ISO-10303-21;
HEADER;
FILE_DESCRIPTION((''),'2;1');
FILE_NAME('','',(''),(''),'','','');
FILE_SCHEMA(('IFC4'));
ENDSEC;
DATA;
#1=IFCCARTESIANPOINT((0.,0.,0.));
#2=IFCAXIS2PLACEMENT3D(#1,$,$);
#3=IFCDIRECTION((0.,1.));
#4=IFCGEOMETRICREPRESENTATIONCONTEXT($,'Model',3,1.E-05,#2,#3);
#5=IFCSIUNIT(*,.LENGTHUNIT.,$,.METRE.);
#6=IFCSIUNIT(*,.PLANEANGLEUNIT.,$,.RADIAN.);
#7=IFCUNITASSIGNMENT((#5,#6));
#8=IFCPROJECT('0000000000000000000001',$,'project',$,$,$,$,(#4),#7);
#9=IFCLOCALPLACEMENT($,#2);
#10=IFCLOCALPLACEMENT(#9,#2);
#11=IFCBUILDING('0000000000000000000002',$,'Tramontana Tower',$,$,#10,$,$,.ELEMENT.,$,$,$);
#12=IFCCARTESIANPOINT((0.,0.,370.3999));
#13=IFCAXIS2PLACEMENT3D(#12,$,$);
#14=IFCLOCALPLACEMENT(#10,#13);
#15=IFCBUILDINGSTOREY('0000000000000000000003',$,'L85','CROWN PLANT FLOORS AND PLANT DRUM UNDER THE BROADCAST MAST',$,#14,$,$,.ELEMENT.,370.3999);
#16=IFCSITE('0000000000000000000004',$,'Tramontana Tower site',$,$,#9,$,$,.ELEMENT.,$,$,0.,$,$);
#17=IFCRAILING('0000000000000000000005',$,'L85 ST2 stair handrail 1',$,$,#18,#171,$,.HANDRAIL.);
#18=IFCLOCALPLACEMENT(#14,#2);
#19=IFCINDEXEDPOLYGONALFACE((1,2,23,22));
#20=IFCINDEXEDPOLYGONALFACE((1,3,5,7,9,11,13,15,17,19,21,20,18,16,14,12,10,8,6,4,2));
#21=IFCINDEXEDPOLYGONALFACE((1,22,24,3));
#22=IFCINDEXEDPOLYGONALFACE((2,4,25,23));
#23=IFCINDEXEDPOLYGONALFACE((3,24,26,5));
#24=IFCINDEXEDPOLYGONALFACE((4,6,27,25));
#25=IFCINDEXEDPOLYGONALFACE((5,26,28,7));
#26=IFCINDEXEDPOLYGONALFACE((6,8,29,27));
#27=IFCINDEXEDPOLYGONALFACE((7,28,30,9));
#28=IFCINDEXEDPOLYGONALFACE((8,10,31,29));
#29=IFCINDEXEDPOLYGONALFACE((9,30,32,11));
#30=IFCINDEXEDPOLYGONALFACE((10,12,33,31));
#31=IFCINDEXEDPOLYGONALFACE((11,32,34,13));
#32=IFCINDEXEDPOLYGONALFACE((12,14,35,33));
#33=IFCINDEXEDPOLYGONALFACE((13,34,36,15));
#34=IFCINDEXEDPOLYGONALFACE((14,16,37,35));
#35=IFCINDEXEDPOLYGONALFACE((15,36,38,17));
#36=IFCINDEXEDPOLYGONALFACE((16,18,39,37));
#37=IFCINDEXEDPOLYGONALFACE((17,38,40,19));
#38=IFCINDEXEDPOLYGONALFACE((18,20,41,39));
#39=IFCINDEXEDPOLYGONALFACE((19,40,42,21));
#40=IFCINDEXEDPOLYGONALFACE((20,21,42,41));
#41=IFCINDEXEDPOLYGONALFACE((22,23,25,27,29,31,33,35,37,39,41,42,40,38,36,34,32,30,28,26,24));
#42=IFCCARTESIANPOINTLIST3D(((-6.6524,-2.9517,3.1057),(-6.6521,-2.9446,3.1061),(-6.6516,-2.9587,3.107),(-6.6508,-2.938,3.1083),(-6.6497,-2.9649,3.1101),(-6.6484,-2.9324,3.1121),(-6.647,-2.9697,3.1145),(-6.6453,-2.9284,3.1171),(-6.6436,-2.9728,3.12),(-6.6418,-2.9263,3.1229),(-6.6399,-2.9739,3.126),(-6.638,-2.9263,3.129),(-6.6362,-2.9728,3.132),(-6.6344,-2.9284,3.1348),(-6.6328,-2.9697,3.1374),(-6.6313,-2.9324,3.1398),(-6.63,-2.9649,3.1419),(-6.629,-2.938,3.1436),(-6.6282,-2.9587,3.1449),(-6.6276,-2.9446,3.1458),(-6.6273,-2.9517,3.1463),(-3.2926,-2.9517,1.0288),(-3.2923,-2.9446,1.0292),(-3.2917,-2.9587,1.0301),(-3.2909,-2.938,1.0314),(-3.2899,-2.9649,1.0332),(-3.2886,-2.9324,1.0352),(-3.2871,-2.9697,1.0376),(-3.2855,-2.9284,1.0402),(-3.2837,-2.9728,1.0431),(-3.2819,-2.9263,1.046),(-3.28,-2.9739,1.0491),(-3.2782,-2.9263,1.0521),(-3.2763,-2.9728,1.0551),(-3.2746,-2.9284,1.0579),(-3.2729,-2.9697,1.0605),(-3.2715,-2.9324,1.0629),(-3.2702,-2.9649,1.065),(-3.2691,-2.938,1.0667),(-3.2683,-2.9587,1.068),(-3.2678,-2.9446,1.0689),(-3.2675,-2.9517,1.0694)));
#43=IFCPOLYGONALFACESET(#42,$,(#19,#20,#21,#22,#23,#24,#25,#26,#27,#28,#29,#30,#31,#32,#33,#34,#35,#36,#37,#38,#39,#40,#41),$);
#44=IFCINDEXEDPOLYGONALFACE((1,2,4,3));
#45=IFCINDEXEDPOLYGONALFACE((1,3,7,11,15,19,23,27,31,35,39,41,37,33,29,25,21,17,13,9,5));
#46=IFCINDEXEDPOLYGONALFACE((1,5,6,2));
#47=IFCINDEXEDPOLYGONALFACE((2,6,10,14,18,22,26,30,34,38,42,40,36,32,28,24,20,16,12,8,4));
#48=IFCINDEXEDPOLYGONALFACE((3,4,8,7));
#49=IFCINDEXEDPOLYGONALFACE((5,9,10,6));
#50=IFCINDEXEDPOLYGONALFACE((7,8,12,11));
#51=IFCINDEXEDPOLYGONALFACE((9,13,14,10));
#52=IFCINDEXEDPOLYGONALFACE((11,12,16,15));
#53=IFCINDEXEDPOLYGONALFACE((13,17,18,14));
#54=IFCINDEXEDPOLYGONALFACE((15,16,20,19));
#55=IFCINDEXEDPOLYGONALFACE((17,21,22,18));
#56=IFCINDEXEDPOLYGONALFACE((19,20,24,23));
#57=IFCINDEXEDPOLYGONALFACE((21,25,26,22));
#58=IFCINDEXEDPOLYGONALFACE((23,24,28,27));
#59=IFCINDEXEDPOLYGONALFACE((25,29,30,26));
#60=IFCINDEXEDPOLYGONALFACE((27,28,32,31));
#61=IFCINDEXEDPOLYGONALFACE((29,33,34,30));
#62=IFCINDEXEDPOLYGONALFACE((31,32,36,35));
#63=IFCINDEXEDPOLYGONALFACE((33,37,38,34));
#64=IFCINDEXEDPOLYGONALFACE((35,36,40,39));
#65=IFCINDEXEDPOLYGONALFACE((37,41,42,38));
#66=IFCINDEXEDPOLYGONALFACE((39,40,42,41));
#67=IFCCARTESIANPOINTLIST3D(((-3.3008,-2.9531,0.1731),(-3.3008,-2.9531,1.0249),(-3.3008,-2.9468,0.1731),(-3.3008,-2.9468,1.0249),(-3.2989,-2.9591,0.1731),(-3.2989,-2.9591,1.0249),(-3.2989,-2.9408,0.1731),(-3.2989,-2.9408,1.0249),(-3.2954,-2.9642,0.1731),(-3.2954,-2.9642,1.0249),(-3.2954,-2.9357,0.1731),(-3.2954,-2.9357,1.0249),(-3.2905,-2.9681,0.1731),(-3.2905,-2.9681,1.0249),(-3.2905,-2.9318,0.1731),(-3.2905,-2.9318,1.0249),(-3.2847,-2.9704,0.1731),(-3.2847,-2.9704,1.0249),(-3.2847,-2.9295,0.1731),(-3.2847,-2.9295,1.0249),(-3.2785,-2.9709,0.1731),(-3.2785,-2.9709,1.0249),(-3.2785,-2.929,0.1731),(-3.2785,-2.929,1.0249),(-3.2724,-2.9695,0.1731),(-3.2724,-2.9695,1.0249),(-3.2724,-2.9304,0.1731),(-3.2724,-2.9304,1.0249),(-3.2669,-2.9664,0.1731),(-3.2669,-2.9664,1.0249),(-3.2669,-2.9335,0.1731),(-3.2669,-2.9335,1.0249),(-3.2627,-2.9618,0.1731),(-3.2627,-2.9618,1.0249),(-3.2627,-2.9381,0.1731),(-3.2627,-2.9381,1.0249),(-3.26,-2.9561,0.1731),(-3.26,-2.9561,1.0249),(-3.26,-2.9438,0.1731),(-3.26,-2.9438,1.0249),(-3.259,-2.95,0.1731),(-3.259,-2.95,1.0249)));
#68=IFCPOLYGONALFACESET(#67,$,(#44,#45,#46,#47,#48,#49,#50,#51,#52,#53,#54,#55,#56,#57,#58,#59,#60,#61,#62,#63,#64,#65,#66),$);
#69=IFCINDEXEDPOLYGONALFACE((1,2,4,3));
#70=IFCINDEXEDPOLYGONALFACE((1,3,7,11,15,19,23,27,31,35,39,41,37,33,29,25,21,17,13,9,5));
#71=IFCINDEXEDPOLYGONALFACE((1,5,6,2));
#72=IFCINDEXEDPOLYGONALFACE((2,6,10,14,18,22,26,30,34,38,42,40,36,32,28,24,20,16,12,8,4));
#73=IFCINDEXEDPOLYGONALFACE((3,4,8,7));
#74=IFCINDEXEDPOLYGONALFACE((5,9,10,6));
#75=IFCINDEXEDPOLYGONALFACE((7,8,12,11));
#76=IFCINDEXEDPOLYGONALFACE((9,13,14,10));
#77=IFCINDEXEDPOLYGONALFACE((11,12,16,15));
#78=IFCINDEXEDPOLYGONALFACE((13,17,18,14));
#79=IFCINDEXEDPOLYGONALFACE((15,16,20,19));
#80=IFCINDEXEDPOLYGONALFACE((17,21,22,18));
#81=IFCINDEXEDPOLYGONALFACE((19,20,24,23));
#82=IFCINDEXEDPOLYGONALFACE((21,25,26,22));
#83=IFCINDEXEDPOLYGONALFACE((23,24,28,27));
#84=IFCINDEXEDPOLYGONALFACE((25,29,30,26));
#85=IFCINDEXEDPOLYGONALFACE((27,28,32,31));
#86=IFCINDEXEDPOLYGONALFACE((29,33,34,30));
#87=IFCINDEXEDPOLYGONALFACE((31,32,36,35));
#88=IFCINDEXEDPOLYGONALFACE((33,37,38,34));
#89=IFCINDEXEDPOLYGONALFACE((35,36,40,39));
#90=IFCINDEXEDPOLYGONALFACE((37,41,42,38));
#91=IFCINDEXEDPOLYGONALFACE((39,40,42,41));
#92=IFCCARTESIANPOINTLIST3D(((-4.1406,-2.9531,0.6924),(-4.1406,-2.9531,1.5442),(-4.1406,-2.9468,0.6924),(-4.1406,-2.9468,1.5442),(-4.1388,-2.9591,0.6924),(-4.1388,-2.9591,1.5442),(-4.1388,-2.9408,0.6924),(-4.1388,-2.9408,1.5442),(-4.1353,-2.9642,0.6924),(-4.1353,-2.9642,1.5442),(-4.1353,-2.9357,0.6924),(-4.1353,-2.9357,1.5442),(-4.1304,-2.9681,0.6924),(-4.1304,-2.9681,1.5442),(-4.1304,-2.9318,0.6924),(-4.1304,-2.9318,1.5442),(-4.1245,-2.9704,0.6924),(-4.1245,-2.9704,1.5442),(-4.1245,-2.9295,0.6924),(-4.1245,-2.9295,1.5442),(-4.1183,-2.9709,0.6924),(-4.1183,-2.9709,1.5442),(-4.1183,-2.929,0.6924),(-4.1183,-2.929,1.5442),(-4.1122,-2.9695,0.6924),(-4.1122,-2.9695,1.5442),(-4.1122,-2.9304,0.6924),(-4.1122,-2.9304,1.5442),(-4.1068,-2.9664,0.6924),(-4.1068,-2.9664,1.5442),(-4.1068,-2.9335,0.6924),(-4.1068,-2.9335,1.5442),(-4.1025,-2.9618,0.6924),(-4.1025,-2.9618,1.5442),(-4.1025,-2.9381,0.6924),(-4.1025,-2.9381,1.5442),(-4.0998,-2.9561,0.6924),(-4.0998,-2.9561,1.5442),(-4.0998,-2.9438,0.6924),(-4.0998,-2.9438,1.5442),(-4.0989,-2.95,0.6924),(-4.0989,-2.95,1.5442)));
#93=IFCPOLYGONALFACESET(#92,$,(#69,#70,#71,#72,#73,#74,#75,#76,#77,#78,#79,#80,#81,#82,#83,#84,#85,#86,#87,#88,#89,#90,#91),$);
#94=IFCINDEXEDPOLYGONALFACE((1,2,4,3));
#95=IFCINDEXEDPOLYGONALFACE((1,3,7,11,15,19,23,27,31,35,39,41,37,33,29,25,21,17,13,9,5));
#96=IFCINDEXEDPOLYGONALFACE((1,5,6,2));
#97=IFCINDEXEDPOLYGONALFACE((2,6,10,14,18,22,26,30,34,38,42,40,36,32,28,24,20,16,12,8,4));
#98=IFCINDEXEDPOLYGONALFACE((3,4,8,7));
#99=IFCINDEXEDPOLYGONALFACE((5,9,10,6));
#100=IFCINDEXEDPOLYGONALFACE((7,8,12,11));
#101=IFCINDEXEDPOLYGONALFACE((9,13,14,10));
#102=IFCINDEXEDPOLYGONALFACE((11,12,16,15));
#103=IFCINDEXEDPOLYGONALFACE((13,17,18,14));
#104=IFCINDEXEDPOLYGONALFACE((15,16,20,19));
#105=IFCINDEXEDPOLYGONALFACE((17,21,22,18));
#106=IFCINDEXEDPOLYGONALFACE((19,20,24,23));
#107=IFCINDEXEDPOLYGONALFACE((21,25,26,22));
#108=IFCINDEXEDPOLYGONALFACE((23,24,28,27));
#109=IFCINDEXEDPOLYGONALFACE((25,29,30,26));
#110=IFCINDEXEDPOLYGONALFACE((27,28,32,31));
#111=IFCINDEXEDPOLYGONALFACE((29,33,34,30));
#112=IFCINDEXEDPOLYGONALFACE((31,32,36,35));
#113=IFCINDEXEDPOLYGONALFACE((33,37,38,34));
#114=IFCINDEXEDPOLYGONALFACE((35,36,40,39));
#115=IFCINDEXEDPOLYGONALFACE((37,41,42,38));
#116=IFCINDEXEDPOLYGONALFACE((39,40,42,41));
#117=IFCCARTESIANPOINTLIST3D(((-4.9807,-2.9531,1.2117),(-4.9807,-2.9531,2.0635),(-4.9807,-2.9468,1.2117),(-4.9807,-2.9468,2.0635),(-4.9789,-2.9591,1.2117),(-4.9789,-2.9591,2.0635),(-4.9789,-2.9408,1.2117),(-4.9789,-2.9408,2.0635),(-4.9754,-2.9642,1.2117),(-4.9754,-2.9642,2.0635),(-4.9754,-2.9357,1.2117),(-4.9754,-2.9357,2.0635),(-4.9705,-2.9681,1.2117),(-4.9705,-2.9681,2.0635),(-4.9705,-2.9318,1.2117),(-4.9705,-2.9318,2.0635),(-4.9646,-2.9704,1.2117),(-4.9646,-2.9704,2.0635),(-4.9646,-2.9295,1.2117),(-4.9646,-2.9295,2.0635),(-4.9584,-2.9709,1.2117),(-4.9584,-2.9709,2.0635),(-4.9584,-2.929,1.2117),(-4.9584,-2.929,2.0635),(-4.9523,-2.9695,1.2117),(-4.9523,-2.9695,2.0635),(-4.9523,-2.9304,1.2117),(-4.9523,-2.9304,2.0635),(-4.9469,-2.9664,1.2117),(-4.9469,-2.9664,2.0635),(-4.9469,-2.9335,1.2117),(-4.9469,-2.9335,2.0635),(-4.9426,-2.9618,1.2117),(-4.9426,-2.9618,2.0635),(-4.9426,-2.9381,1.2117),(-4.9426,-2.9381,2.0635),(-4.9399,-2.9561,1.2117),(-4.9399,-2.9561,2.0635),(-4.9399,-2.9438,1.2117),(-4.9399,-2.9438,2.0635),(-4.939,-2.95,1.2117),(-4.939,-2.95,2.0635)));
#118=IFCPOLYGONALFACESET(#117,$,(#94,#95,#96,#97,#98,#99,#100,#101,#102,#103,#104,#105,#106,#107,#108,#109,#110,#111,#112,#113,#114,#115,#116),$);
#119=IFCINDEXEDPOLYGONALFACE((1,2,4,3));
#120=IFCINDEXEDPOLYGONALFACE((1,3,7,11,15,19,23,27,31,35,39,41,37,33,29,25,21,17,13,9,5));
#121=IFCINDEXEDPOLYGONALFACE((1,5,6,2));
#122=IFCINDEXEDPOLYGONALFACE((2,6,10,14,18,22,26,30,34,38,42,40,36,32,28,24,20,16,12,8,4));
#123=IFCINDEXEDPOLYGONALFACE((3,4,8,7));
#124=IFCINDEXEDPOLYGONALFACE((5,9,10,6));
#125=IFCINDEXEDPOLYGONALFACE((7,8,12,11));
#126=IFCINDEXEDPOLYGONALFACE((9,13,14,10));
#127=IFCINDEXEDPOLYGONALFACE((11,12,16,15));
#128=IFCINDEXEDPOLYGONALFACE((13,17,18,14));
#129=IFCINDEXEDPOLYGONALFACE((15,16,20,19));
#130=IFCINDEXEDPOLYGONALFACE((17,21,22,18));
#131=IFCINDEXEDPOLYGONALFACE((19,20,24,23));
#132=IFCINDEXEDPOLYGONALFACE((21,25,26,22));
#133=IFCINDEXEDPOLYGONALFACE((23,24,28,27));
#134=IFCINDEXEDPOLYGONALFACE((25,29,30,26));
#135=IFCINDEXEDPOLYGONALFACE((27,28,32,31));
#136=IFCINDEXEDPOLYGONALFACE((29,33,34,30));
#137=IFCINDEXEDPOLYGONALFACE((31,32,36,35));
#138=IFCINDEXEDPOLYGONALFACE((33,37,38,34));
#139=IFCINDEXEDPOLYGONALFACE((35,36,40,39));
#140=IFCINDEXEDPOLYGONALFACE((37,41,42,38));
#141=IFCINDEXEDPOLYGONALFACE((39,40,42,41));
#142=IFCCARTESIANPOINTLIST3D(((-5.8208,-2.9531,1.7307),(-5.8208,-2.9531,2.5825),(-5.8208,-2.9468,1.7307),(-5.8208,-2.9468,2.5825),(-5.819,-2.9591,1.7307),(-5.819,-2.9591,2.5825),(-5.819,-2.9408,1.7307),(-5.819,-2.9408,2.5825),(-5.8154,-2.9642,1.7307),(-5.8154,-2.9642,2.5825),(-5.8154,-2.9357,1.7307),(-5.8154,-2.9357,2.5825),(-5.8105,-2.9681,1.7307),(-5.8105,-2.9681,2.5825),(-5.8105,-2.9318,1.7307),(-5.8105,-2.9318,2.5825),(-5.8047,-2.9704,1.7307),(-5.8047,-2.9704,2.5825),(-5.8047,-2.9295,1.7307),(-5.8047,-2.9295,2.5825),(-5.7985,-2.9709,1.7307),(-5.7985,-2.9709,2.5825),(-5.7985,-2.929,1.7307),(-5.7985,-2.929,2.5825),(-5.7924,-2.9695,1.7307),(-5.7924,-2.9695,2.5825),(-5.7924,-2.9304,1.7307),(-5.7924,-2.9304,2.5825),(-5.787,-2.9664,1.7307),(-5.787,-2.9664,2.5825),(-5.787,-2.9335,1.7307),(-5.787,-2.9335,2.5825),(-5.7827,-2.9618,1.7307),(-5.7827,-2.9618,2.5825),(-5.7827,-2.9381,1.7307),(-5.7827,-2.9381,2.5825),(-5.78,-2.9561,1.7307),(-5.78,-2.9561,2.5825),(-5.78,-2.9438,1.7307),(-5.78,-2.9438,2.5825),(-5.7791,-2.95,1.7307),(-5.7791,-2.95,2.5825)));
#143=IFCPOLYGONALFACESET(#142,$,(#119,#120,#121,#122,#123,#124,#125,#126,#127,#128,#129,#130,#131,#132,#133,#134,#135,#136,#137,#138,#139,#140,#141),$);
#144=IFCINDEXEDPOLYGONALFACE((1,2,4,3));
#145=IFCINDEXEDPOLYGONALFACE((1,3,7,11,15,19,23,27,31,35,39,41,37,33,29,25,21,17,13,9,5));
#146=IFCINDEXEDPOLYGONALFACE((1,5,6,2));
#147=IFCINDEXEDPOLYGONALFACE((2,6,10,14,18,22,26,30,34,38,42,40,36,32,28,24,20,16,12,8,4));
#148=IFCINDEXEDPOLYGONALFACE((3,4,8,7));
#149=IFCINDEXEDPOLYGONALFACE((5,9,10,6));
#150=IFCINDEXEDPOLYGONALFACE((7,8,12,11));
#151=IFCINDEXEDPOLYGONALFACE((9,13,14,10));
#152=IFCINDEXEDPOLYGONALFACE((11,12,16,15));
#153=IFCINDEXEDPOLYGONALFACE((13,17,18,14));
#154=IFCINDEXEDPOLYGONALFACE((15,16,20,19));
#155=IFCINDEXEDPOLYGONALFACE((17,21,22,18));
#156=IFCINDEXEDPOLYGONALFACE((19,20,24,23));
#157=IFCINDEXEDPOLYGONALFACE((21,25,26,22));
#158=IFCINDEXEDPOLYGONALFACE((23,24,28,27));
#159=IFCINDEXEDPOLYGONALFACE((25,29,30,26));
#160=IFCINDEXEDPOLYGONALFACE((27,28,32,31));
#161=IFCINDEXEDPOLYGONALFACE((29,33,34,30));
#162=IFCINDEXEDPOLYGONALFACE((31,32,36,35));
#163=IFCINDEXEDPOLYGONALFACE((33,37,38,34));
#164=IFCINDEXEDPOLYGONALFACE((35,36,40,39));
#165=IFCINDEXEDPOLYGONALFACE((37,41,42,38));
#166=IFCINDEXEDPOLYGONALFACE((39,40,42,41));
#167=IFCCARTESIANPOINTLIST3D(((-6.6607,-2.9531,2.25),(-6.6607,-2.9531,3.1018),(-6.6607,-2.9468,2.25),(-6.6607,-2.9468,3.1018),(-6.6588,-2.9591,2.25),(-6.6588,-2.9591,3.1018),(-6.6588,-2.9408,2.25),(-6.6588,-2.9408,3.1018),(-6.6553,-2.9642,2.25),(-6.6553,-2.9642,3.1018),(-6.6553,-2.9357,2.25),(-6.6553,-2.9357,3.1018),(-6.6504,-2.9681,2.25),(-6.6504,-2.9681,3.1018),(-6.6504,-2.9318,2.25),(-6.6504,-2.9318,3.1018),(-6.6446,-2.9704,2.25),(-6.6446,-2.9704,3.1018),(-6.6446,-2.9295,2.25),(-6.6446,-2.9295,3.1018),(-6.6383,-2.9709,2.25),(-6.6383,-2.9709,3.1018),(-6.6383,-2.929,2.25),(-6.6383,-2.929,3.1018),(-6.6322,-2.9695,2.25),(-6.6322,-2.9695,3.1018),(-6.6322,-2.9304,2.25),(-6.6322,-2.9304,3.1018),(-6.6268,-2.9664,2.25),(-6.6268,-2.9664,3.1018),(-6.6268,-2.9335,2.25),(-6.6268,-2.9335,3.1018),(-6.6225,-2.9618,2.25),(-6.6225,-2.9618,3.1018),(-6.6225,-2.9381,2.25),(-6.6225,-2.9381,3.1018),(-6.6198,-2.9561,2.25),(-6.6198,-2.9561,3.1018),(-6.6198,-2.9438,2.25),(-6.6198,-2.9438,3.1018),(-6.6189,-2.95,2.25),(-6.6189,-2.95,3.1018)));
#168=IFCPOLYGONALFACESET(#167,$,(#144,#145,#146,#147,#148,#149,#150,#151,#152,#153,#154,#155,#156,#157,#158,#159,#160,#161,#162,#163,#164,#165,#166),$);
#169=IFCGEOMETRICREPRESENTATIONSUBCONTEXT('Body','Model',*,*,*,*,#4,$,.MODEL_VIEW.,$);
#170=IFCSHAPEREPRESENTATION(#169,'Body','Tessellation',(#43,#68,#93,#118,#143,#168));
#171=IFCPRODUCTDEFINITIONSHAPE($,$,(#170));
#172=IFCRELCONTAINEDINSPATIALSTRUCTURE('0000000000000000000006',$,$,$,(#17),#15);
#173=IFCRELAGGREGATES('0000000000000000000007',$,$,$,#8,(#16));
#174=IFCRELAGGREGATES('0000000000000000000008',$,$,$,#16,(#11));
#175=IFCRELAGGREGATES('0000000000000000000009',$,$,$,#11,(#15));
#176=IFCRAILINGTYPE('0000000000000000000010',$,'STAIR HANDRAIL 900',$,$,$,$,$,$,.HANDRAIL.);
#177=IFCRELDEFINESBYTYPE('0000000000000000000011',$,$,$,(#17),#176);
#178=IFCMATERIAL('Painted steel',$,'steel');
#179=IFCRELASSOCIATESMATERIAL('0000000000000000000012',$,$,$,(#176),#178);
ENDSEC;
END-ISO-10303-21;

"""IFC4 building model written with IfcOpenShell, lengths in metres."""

from ifc_helpers import new_model, si_unit, direction, frame, origin, origin_2d, place, context, subcontext, project, spatial, circle, extrude, material, type_object, element, save


model = new_model("IFC4")

# Units and contexts
model_context = context("Model", 3, precision=1e-05, world=origin(), true_north=direction((0.0, 1.0)))
body_context = subcontext(model_context, "Body", "Model", "MODEL_VIEW")
ifc_project = project(units=[si_unit("LENGTHUNIT", "METRE"), si_unit("PLANEANGLEUNIT", "RADIAN")], contexts=[model_context])

# Site, building, storey
site_placement = place(None, origin())
site = spatial("IfcSite", under=ifc_project, at=site_placement, Name="Tramontana Tower site", CompositionType="ELEMENT", RefElevation=0.0)
building_placement = place(site_placement, origin())
building = spatial("IfcBuilding", under=site, at=building_placement, Name="Tramontana Tower", CompositionType="ELEMENT")
storey_placement = place(building_placement, frame((0.0, 0.0, 370.3999)))
storey = spatial("IfcBuildingStorey", under=building, at=storey_placement, Name="L85", Description="CROWN PLANT FLOORS AND PLANT DRUM UNDER THE BROADCAST MAST", CompositionType="ELEMENT", Elevation=370.3999)

# Railing
ifc_material_1 = material(Name="Painted steel", Category="steel")
railing_type_1 = type_object("IfcRailingType", Name="STAIR HANDRAIL 900", PredefinedType="HANDRAIL", material=ifc_material_1)
railing_1_placement = place(storey_placement, frame((-3.28, -2.95, 0.1731)))
element("IfcRailing", 1, at=railing_1_placement, inside=storey, type_object=railing_type_1, Name="L85 ST2 stair handrail 1", PredefinedType="HANDRAIL", context=body_context, shape_type="SweptSolid", body=[
    extrude(circle(Radius=0.0239, at=origin_2d()), frame((0.0, 0.0, 0.876), z_axis=(-0.850606, 0.0, 0.525803), x_axis=(0.0, -1.0, 0.0)), (0.0, 0.0, 1.0), 3.95),
    extrude(circle(Radius=0.021, at=origin_2d()), origin(), (0.0, 0.0, 1.0), 0.8518),
    extrude(circle(Radius=0.021, at=origin_2d()), frame((-0.8398, 0.0, 0.5193)), (0.0, 0.0, 1.0), 0.8518),
    extrude(circle(Radius=0.021, at=origin_2d()), frame((-1.6799, 0.0, 1.0386)), (0.0, 0.0, 1.0), 0.8518),
    extrude(circle(Radius=0.021, at=origin_2d()), frame((-2.52, 0.0, 1.5576)), (0.0, 0.0, 1.0), 0.8518),
    extrude(circle(Radius=0.021, at=origin_2d()), frame((-3.3599, 0.0, 2.0769)), (0.0, 0.0, 1.0), 0.8518),
])

save(model, "model.ifc")
